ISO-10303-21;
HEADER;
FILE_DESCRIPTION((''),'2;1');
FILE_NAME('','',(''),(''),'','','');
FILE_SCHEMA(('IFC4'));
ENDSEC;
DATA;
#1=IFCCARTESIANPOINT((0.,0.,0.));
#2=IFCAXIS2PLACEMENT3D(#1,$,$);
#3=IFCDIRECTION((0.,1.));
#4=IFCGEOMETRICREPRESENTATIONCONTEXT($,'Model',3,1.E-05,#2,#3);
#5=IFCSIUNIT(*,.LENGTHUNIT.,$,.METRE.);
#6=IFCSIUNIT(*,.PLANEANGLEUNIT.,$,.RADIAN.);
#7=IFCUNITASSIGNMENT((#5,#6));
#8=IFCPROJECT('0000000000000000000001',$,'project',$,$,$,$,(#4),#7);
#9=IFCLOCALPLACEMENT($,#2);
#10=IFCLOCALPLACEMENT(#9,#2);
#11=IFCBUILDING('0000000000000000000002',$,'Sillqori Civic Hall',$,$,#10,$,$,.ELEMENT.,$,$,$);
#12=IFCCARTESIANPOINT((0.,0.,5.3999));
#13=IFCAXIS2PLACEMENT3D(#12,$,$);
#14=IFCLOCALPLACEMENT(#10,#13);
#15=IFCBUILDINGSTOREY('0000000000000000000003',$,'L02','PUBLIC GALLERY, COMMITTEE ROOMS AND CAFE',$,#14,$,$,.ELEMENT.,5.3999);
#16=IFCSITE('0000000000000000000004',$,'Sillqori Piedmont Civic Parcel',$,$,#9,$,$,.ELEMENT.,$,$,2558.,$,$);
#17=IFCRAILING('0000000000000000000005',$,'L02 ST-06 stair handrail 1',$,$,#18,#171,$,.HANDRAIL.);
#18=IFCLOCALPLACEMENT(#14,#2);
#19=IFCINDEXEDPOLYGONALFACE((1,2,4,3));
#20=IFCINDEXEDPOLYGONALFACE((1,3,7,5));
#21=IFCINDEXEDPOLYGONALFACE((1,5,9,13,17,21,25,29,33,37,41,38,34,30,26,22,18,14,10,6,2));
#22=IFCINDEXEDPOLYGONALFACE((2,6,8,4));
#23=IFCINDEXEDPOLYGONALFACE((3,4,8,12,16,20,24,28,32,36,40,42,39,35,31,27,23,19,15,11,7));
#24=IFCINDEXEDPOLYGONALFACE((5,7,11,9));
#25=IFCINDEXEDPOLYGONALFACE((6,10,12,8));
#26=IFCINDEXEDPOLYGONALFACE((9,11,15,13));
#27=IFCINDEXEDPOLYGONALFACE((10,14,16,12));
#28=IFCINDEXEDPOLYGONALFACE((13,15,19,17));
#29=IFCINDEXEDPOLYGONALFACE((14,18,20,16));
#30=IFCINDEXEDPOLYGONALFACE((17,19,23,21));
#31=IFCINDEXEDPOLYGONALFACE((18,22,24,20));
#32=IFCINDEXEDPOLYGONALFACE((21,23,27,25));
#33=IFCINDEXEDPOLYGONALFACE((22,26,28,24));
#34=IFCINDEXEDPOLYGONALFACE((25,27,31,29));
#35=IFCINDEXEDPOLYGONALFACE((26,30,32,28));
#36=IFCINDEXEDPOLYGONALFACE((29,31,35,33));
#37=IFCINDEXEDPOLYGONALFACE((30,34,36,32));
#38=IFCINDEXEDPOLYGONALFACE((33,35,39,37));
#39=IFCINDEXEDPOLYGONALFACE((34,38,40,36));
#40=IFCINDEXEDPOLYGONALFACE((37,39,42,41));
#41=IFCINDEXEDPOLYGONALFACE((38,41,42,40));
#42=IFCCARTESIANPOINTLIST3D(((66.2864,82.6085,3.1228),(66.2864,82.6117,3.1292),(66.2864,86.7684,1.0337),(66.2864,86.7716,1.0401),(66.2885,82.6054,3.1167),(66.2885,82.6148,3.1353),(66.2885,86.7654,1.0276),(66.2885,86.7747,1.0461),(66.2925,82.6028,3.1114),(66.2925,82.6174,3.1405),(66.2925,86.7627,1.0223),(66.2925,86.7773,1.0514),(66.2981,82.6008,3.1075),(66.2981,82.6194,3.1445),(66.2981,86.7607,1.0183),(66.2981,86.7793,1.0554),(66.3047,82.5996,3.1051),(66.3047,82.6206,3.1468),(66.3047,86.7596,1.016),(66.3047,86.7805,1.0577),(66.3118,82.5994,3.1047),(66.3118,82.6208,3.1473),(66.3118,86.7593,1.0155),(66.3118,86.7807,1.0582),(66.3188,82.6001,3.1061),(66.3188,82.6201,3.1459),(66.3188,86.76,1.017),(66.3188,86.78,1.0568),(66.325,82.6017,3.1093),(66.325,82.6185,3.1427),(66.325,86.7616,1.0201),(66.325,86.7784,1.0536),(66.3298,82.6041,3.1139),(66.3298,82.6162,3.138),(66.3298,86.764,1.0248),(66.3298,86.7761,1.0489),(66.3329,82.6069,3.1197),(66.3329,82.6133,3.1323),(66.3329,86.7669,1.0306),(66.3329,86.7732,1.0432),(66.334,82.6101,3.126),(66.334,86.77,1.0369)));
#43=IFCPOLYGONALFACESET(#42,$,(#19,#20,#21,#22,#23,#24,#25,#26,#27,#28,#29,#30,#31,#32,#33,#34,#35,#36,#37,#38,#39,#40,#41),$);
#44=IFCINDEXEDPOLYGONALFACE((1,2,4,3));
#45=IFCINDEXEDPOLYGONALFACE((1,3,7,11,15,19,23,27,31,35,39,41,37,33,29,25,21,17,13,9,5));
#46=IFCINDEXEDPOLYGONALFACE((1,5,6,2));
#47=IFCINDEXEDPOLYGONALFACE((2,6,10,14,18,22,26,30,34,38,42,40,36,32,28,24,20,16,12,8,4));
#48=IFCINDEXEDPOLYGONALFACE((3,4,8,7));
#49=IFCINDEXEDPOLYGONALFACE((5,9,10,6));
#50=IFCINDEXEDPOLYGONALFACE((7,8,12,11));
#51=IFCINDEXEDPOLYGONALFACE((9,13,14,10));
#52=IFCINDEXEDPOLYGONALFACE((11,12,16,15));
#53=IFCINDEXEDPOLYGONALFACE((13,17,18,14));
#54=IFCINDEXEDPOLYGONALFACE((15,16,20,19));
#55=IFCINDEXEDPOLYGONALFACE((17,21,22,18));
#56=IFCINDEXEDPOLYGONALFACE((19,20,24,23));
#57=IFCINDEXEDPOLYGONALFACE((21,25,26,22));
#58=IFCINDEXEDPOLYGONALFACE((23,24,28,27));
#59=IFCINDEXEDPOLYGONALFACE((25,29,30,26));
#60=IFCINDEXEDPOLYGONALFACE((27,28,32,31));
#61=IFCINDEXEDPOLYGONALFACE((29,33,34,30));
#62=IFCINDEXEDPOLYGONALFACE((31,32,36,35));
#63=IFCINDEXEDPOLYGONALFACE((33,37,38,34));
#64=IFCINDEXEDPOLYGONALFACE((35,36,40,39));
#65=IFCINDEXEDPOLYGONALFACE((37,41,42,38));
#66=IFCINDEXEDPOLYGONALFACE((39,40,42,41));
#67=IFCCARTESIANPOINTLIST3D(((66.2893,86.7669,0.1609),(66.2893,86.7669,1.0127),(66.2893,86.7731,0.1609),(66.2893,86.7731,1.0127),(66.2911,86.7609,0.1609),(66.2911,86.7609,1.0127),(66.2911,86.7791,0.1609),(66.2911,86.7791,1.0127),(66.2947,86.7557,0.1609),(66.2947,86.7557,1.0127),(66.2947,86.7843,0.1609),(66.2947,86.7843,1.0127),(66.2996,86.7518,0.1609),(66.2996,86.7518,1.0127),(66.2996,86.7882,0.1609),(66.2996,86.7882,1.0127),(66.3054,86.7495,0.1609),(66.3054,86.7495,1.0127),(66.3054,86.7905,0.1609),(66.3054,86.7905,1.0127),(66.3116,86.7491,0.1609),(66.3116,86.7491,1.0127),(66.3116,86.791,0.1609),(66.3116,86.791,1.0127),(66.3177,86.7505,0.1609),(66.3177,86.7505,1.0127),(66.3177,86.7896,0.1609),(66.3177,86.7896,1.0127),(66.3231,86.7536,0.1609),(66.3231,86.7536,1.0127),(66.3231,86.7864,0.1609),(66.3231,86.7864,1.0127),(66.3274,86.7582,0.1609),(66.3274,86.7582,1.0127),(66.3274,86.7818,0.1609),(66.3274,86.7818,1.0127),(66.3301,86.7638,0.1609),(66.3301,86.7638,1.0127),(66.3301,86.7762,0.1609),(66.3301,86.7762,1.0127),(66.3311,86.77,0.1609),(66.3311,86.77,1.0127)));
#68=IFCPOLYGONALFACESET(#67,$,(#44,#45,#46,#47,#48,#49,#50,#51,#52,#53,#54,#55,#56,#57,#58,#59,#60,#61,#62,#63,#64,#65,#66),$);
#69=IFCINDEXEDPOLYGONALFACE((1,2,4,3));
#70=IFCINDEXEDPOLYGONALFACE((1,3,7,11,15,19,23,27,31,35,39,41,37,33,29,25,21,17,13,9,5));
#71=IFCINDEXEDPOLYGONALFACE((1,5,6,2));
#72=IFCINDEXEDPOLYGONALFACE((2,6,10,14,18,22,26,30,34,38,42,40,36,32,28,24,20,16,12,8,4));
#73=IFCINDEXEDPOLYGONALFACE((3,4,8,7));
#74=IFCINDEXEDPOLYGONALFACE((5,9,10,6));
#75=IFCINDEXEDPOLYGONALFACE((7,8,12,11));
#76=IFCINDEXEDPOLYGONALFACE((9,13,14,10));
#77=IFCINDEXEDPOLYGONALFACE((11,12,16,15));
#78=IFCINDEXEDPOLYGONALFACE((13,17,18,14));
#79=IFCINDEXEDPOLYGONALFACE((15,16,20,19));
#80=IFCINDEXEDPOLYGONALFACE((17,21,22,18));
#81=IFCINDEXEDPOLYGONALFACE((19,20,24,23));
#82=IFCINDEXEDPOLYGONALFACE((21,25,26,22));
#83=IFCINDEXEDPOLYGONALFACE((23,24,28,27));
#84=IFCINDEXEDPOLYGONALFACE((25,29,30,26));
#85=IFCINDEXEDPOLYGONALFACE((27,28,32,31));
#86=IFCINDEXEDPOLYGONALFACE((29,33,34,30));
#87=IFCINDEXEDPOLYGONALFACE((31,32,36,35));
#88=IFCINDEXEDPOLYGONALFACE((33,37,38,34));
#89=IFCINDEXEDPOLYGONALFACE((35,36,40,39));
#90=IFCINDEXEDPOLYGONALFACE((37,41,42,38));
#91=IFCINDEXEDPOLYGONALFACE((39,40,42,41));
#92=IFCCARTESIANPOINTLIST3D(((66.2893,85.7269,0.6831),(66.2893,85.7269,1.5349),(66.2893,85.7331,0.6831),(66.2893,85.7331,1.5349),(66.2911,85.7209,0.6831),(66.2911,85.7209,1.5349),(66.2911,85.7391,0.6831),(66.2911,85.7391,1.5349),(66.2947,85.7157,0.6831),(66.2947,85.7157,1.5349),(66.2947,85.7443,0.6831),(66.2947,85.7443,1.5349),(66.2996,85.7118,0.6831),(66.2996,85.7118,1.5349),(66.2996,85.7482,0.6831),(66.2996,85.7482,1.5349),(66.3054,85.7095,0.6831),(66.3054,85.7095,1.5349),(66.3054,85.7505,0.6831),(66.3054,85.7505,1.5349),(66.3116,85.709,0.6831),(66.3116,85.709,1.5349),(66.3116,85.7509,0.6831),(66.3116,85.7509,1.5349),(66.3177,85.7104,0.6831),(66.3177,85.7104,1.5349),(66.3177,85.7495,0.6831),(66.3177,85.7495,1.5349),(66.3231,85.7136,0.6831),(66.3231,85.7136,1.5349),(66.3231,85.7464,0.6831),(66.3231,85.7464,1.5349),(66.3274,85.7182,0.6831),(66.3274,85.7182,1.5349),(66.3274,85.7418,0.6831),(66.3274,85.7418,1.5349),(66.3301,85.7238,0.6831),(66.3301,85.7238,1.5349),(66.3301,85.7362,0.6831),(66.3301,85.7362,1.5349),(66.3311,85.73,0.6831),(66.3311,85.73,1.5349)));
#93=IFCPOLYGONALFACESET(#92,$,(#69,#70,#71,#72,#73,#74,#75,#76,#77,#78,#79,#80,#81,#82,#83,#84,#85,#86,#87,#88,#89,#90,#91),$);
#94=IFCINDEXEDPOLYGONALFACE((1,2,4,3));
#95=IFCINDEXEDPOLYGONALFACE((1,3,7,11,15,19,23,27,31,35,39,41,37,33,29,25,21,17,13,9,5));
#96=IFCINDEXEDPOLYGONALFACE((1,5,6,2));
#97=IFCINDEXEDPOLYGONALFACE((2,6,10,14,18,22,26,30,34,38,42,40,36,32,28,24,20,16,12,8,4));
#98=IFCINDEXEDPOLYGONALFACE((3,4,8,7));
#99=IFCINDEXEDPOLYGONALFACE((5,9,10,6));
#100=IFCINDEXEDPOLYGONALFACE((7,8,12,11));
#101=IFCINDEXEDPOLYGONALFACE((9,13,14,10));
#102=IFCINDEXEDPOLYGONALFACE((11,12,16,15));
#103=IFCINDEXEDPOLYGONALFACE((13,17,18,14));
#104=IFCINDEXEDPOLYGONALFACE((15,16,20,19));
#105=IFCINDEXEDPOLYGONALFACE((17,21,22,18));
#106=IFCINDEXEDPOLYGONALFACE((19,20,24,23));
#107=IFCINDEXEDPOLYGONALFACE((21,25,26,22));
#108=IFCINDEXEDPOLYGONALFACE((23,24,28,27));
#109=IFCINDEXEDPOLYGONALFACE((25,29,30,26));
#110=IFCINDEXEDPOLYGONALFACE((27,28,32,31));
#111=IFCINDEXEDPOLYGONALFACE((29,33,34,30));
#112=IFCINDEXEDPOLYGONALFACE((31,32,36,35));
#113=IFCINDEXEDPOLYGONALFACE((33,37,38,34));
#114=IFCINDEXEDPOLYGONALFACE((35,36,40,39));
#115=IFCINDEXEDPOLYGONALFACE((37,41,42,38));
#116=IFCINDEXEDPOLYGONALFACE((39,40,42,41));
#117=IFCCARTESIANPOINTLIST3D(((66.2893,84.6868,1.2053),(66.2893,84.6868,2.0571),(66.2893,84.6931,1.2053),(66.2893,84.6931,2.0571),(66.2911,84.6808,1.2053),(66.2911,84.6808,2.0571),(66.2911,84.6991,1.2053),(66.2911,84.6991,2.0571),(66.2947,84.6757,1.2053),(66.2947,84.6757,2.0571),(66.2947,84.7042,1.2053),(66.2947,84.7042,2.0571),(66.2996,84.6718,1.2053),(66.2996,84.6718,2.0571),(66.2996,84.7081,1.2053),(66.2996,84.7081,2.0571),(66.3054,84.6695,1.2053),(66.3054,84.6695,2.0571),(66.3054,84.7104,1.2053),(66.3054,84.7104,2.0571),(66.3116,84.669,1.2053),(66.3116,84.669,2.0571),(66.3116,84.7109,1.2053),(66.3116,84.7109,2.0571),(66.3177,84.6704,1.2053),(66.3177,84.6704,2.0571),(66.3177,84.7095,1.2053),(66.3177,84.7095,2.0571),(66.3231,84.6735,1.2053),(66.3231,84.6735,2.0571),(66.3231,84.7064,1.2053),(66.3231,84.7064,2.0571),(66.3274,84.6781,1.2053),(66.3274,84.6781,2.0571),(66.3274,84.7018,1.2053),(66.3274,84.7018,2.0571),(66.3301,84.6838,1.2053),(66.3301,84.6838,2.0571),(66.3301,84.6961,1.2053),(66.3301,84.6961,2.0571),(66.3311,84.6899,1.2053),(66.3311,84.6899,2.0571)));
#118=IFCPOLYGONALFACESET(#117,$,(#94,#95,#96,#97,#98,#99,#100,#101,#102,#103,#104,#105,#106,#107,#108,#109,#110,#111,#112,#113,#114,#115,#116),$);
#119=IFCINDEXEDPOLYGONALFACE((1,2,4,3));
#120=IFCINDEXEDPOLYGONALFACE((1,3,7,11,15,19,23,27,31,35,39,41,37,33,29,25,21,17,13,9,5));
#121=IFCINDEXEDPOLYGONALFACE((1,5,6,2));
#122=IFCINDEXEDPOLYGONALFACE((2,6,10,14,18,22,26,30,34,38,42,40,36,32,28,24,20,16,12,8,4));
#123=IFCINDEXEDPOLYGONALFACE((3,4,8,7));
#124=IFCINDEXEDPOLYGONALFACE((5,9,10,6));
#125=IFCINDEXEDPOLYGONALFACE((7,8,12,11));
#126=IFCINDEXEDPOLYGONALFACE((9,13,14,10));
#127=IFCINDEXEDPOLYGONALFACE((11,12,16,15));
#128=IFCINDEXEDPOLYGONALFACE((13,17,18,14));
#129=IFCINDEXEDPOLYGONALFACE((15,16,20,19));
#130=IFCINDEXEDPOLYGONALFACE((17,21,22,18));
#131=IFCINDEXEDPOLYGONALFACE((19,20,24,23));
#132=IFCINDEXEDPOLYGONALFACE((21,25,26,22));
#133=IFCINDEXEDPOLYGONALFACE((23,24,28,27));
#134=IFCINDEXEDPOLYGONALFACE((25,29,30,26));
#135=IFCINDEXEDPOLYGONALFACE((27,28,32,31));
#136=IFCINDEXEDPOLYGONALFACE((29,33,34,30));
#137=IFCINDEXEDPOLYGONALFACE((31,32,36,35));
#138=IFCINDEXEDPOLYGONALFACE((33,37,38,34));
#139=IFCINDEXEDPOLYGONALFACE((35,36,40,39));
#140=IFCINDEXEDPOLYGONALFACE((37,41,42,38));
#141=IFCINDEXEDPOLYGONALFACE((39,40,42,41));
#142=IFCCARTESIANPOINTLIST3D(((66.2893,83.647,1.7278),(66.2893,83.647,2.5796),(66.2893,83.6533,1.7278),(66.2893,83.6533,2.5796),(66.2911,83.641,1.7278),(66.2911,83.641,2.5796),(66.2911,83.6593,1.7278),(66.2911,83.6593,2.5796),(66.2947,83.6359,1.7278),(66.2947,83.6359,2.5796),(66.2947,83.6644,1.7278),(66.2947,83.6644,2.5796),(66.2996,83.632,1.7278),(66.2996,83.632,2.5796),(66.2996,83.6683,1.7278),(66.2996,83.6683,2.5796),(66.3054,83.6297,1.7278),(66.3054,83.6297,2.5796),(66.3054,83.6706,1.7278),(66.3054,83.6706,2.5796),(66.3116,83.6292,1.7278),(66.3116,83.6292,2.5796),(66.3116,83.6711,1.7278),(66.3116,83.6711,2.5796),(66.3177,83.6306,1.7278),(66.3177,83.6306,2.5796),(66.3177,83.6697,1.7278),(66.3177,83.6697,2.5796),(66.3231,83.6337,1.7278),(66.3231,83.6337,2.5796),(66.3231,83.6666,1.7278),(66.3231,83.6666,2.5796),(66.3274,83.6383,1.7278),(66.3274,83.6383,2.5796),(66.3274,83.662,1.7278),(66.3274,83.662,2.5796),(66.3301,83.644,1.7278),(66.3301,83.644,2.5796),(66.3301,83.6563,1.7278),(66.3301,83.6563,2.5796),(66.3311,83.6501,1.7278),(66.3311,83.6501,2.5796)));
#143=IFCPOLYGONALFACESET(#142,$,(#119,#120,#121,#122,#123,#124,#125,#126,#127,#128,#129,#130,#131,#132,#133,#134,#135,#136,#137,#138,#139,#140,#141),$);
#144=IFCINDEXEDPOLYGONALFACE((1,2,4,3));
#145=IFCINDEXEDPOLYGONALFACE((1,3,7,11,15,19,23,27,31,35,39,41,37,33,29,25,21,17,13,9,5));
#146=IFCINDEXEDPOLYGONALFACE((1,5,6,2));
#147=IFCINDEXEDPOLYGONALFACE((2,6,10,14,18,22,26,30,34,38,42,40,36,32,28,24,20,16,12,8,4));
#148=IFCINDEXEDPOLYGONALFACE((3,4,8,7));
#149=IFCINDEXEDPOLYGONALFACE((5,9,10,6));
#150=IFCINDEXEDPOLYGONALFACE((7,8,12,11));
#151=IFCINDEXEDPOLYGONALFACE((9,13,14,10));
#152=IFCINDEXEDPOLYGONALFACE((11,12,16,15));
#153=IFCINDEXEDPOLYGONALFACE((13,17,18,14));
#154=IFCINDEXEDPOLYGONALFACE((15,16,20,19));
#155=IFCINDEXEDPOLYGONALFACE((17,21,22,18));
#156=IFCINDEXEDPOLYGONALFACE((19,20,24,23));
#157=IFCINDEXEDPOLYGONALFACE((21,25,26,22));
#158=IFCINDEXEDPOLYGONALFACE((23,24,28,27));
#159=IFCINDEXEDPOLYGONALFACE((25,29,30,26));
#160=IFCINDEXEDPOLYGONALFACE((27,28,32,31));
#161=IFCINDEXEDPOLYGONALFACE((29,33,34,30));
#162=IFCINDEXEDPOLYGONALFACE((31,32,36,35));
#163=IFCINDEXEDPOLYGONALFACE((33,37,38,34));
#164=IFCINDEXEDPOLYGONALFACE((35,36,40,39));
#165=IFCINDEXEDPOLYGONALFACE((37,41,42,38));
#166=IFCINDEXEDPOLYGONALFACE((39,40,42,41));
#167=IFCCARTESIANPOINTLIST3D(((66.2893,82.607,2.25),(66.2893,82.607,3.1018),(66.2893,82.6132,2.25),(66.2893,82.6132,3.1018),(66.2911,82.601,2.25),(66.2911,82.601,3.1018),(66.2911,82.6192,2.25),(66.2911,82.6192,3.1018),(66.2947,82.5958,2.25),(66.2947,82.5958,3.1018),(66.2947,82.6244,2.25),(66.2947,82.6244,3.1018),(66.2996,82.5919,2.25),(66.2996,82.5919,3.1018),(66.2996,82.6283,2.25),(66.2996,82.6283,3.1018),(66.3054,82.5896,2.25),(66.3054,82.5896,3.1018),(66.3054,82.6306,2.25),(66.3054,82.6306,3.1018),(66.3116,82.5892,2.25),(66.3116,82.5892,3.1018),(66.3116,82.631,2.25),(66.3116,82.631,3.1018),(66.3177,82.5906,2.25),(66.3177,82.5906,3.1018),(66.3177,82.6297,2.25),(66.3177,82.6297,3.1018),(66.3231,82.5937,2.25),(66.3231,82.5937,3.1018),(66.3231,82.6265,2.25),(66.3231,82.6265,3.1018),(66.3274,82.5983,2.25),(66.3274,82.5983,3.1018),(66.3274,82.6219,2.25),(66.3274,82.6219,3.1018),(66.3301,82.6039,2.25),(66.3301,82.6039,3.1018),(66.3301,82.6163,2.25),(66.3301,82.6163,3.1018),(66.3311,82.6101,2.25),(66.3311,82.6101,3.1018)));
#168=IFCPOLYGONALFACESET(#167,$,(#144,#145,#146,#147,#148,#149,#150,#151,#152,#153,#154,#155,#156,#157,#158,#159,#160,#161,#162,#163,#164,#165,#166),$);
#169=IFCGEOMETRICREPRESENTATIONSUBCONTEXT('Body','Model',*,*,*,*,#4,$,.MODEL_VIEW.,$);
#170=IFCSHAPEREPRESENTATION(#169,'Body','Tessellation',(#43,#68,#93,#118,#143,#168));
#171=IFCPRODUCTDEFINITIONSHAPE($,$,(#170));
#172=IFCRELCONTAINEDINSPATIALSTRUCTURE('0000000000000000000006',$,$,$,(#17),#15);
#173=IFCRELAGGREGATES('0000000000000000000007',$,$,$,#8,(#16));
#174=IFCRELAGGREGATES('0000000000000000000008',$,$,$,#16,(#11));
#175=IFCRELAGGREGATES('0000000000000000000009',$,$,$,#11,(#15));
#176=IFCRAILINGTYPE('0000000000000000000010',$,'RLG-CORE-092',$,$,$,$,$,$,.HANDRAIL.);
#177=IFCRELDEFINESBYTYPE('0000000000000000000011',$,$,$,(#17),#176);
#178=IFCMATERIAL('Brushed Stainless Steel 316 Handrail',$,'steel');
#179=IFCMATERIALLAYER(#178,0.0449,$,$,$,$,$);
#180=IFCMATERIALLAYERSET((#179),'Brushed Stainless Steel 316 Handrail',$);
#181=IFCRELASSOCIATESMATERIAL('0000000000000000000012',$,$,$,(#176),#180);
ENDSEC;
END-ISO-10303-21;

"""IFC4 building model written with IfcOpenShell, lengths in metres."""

from ifc_helpers import new_model, si_unit, direction, frame, origin, origin_2d, place, context, subcontext, project, spatial, circle, extrude, material, layer, layer_set, type_object, element, save


model = new_model("IFC4")

# Units and contexts
model_context = context("Model", 3, precision=1e-05, world=origin(), true_north=direction((0.0, 1.0)))
body_context = subcontext(model_context, "Body", "Model", "MODEL_VIEW")
ifc_project = project(units=[si_unit("LENGTHUNIT", "METRE"), si_unit("PLANEANGLEUNIT", "RADIAN")], contexts=[model_context])

# Site, building, storey
site_placement = place(None, origin())
site = spatial("IfcSite", under=ifc_project, at=site_placement, Name="Sillqori Piedmont Civic Parcel", CompositionType="ELEMENT", RefElevation=2558.0)
building_placement = place(site_placement, origin())
building = spatial("IfcBuilding", under=site, at=building_placement, Name="Sillqori Civic Hall", CompositionType="ELEMENT")
storey_placement = place(building_placement, frame((0.0, 0.0, 5.3999)))
storey = spatial("IfcBuildingStorey", under=building, at=storey_placement, Name="L02", Description="PUBLIC GALLERY, COMMITTEE ROOMS AND CAFE", CompositionType="ELEMENT", Elevation=5.3999)

# Railing
ifc_material_1 = material(Name="Brushed Stainless Steel 316 Handrail", Category="steel")
ifc_layer_1 = layer(ifc_material_1, 0.0449)
ifc_layer_set_1 = layer_set([ifc_layer_1], Name="Brushed Stainless Steel 316 Handrail")
railing_type_1 = type_object("IfcRailingType", Name="RLG-CORE-092", PredefinedType="HANDRAIL", material=ifc_layer_set_1)
railing_1_placement = place(storey_placement, frame((66.3101, 86.77, 0.1609)))
element("IfcRailing", 1, at=railing_1_placement, inside=storey, type_object=railing_type_1, Name="L02 ST-06 stair handrail 1", PredefinedType="HANDRAIL", context=body_context, shape_type="SweptSolid", body=[
    extrude(circle(Radius=0.0239, at=origin_2d()), frame((0.0, 0.0, 0.876), z_axis=(0.0, -0.893639, 0.448786), x_axis=(1.0, 0.0, 0.0)), (0.0, 0.0, 1.0), 4.655),
    extrude(circle(Radius=0.021, at=origin_2d()), origin(), (0.0, 0.0, 1.0), 0.8518),
    extrude(circle(Radius=0.021, at=origin_2d()), frame((0.0, -1.04, 0.5222)), (0.0, 0.0, 1.0), 0.8518),
    extrude(circle(Radius=0.021, at=origin_2d()), frame((0.0, -2.0801, 1.0444)), (0.0, 0.0, 1.0), 0.8518),
    extrude(circle(Radius=0.021, at=origin_2d()), frame((0.0, -3.1199, 1.5669)), (0.0, 0.0, 1.0), 0.8518),
    extrude(circle(Radius=0.021, at=origin_2d()), frame((0.0, -4.1599, 2.0891)), (0.0, 0.0, 1.0), 0.8518),
])

save(model, "model.ifc")
